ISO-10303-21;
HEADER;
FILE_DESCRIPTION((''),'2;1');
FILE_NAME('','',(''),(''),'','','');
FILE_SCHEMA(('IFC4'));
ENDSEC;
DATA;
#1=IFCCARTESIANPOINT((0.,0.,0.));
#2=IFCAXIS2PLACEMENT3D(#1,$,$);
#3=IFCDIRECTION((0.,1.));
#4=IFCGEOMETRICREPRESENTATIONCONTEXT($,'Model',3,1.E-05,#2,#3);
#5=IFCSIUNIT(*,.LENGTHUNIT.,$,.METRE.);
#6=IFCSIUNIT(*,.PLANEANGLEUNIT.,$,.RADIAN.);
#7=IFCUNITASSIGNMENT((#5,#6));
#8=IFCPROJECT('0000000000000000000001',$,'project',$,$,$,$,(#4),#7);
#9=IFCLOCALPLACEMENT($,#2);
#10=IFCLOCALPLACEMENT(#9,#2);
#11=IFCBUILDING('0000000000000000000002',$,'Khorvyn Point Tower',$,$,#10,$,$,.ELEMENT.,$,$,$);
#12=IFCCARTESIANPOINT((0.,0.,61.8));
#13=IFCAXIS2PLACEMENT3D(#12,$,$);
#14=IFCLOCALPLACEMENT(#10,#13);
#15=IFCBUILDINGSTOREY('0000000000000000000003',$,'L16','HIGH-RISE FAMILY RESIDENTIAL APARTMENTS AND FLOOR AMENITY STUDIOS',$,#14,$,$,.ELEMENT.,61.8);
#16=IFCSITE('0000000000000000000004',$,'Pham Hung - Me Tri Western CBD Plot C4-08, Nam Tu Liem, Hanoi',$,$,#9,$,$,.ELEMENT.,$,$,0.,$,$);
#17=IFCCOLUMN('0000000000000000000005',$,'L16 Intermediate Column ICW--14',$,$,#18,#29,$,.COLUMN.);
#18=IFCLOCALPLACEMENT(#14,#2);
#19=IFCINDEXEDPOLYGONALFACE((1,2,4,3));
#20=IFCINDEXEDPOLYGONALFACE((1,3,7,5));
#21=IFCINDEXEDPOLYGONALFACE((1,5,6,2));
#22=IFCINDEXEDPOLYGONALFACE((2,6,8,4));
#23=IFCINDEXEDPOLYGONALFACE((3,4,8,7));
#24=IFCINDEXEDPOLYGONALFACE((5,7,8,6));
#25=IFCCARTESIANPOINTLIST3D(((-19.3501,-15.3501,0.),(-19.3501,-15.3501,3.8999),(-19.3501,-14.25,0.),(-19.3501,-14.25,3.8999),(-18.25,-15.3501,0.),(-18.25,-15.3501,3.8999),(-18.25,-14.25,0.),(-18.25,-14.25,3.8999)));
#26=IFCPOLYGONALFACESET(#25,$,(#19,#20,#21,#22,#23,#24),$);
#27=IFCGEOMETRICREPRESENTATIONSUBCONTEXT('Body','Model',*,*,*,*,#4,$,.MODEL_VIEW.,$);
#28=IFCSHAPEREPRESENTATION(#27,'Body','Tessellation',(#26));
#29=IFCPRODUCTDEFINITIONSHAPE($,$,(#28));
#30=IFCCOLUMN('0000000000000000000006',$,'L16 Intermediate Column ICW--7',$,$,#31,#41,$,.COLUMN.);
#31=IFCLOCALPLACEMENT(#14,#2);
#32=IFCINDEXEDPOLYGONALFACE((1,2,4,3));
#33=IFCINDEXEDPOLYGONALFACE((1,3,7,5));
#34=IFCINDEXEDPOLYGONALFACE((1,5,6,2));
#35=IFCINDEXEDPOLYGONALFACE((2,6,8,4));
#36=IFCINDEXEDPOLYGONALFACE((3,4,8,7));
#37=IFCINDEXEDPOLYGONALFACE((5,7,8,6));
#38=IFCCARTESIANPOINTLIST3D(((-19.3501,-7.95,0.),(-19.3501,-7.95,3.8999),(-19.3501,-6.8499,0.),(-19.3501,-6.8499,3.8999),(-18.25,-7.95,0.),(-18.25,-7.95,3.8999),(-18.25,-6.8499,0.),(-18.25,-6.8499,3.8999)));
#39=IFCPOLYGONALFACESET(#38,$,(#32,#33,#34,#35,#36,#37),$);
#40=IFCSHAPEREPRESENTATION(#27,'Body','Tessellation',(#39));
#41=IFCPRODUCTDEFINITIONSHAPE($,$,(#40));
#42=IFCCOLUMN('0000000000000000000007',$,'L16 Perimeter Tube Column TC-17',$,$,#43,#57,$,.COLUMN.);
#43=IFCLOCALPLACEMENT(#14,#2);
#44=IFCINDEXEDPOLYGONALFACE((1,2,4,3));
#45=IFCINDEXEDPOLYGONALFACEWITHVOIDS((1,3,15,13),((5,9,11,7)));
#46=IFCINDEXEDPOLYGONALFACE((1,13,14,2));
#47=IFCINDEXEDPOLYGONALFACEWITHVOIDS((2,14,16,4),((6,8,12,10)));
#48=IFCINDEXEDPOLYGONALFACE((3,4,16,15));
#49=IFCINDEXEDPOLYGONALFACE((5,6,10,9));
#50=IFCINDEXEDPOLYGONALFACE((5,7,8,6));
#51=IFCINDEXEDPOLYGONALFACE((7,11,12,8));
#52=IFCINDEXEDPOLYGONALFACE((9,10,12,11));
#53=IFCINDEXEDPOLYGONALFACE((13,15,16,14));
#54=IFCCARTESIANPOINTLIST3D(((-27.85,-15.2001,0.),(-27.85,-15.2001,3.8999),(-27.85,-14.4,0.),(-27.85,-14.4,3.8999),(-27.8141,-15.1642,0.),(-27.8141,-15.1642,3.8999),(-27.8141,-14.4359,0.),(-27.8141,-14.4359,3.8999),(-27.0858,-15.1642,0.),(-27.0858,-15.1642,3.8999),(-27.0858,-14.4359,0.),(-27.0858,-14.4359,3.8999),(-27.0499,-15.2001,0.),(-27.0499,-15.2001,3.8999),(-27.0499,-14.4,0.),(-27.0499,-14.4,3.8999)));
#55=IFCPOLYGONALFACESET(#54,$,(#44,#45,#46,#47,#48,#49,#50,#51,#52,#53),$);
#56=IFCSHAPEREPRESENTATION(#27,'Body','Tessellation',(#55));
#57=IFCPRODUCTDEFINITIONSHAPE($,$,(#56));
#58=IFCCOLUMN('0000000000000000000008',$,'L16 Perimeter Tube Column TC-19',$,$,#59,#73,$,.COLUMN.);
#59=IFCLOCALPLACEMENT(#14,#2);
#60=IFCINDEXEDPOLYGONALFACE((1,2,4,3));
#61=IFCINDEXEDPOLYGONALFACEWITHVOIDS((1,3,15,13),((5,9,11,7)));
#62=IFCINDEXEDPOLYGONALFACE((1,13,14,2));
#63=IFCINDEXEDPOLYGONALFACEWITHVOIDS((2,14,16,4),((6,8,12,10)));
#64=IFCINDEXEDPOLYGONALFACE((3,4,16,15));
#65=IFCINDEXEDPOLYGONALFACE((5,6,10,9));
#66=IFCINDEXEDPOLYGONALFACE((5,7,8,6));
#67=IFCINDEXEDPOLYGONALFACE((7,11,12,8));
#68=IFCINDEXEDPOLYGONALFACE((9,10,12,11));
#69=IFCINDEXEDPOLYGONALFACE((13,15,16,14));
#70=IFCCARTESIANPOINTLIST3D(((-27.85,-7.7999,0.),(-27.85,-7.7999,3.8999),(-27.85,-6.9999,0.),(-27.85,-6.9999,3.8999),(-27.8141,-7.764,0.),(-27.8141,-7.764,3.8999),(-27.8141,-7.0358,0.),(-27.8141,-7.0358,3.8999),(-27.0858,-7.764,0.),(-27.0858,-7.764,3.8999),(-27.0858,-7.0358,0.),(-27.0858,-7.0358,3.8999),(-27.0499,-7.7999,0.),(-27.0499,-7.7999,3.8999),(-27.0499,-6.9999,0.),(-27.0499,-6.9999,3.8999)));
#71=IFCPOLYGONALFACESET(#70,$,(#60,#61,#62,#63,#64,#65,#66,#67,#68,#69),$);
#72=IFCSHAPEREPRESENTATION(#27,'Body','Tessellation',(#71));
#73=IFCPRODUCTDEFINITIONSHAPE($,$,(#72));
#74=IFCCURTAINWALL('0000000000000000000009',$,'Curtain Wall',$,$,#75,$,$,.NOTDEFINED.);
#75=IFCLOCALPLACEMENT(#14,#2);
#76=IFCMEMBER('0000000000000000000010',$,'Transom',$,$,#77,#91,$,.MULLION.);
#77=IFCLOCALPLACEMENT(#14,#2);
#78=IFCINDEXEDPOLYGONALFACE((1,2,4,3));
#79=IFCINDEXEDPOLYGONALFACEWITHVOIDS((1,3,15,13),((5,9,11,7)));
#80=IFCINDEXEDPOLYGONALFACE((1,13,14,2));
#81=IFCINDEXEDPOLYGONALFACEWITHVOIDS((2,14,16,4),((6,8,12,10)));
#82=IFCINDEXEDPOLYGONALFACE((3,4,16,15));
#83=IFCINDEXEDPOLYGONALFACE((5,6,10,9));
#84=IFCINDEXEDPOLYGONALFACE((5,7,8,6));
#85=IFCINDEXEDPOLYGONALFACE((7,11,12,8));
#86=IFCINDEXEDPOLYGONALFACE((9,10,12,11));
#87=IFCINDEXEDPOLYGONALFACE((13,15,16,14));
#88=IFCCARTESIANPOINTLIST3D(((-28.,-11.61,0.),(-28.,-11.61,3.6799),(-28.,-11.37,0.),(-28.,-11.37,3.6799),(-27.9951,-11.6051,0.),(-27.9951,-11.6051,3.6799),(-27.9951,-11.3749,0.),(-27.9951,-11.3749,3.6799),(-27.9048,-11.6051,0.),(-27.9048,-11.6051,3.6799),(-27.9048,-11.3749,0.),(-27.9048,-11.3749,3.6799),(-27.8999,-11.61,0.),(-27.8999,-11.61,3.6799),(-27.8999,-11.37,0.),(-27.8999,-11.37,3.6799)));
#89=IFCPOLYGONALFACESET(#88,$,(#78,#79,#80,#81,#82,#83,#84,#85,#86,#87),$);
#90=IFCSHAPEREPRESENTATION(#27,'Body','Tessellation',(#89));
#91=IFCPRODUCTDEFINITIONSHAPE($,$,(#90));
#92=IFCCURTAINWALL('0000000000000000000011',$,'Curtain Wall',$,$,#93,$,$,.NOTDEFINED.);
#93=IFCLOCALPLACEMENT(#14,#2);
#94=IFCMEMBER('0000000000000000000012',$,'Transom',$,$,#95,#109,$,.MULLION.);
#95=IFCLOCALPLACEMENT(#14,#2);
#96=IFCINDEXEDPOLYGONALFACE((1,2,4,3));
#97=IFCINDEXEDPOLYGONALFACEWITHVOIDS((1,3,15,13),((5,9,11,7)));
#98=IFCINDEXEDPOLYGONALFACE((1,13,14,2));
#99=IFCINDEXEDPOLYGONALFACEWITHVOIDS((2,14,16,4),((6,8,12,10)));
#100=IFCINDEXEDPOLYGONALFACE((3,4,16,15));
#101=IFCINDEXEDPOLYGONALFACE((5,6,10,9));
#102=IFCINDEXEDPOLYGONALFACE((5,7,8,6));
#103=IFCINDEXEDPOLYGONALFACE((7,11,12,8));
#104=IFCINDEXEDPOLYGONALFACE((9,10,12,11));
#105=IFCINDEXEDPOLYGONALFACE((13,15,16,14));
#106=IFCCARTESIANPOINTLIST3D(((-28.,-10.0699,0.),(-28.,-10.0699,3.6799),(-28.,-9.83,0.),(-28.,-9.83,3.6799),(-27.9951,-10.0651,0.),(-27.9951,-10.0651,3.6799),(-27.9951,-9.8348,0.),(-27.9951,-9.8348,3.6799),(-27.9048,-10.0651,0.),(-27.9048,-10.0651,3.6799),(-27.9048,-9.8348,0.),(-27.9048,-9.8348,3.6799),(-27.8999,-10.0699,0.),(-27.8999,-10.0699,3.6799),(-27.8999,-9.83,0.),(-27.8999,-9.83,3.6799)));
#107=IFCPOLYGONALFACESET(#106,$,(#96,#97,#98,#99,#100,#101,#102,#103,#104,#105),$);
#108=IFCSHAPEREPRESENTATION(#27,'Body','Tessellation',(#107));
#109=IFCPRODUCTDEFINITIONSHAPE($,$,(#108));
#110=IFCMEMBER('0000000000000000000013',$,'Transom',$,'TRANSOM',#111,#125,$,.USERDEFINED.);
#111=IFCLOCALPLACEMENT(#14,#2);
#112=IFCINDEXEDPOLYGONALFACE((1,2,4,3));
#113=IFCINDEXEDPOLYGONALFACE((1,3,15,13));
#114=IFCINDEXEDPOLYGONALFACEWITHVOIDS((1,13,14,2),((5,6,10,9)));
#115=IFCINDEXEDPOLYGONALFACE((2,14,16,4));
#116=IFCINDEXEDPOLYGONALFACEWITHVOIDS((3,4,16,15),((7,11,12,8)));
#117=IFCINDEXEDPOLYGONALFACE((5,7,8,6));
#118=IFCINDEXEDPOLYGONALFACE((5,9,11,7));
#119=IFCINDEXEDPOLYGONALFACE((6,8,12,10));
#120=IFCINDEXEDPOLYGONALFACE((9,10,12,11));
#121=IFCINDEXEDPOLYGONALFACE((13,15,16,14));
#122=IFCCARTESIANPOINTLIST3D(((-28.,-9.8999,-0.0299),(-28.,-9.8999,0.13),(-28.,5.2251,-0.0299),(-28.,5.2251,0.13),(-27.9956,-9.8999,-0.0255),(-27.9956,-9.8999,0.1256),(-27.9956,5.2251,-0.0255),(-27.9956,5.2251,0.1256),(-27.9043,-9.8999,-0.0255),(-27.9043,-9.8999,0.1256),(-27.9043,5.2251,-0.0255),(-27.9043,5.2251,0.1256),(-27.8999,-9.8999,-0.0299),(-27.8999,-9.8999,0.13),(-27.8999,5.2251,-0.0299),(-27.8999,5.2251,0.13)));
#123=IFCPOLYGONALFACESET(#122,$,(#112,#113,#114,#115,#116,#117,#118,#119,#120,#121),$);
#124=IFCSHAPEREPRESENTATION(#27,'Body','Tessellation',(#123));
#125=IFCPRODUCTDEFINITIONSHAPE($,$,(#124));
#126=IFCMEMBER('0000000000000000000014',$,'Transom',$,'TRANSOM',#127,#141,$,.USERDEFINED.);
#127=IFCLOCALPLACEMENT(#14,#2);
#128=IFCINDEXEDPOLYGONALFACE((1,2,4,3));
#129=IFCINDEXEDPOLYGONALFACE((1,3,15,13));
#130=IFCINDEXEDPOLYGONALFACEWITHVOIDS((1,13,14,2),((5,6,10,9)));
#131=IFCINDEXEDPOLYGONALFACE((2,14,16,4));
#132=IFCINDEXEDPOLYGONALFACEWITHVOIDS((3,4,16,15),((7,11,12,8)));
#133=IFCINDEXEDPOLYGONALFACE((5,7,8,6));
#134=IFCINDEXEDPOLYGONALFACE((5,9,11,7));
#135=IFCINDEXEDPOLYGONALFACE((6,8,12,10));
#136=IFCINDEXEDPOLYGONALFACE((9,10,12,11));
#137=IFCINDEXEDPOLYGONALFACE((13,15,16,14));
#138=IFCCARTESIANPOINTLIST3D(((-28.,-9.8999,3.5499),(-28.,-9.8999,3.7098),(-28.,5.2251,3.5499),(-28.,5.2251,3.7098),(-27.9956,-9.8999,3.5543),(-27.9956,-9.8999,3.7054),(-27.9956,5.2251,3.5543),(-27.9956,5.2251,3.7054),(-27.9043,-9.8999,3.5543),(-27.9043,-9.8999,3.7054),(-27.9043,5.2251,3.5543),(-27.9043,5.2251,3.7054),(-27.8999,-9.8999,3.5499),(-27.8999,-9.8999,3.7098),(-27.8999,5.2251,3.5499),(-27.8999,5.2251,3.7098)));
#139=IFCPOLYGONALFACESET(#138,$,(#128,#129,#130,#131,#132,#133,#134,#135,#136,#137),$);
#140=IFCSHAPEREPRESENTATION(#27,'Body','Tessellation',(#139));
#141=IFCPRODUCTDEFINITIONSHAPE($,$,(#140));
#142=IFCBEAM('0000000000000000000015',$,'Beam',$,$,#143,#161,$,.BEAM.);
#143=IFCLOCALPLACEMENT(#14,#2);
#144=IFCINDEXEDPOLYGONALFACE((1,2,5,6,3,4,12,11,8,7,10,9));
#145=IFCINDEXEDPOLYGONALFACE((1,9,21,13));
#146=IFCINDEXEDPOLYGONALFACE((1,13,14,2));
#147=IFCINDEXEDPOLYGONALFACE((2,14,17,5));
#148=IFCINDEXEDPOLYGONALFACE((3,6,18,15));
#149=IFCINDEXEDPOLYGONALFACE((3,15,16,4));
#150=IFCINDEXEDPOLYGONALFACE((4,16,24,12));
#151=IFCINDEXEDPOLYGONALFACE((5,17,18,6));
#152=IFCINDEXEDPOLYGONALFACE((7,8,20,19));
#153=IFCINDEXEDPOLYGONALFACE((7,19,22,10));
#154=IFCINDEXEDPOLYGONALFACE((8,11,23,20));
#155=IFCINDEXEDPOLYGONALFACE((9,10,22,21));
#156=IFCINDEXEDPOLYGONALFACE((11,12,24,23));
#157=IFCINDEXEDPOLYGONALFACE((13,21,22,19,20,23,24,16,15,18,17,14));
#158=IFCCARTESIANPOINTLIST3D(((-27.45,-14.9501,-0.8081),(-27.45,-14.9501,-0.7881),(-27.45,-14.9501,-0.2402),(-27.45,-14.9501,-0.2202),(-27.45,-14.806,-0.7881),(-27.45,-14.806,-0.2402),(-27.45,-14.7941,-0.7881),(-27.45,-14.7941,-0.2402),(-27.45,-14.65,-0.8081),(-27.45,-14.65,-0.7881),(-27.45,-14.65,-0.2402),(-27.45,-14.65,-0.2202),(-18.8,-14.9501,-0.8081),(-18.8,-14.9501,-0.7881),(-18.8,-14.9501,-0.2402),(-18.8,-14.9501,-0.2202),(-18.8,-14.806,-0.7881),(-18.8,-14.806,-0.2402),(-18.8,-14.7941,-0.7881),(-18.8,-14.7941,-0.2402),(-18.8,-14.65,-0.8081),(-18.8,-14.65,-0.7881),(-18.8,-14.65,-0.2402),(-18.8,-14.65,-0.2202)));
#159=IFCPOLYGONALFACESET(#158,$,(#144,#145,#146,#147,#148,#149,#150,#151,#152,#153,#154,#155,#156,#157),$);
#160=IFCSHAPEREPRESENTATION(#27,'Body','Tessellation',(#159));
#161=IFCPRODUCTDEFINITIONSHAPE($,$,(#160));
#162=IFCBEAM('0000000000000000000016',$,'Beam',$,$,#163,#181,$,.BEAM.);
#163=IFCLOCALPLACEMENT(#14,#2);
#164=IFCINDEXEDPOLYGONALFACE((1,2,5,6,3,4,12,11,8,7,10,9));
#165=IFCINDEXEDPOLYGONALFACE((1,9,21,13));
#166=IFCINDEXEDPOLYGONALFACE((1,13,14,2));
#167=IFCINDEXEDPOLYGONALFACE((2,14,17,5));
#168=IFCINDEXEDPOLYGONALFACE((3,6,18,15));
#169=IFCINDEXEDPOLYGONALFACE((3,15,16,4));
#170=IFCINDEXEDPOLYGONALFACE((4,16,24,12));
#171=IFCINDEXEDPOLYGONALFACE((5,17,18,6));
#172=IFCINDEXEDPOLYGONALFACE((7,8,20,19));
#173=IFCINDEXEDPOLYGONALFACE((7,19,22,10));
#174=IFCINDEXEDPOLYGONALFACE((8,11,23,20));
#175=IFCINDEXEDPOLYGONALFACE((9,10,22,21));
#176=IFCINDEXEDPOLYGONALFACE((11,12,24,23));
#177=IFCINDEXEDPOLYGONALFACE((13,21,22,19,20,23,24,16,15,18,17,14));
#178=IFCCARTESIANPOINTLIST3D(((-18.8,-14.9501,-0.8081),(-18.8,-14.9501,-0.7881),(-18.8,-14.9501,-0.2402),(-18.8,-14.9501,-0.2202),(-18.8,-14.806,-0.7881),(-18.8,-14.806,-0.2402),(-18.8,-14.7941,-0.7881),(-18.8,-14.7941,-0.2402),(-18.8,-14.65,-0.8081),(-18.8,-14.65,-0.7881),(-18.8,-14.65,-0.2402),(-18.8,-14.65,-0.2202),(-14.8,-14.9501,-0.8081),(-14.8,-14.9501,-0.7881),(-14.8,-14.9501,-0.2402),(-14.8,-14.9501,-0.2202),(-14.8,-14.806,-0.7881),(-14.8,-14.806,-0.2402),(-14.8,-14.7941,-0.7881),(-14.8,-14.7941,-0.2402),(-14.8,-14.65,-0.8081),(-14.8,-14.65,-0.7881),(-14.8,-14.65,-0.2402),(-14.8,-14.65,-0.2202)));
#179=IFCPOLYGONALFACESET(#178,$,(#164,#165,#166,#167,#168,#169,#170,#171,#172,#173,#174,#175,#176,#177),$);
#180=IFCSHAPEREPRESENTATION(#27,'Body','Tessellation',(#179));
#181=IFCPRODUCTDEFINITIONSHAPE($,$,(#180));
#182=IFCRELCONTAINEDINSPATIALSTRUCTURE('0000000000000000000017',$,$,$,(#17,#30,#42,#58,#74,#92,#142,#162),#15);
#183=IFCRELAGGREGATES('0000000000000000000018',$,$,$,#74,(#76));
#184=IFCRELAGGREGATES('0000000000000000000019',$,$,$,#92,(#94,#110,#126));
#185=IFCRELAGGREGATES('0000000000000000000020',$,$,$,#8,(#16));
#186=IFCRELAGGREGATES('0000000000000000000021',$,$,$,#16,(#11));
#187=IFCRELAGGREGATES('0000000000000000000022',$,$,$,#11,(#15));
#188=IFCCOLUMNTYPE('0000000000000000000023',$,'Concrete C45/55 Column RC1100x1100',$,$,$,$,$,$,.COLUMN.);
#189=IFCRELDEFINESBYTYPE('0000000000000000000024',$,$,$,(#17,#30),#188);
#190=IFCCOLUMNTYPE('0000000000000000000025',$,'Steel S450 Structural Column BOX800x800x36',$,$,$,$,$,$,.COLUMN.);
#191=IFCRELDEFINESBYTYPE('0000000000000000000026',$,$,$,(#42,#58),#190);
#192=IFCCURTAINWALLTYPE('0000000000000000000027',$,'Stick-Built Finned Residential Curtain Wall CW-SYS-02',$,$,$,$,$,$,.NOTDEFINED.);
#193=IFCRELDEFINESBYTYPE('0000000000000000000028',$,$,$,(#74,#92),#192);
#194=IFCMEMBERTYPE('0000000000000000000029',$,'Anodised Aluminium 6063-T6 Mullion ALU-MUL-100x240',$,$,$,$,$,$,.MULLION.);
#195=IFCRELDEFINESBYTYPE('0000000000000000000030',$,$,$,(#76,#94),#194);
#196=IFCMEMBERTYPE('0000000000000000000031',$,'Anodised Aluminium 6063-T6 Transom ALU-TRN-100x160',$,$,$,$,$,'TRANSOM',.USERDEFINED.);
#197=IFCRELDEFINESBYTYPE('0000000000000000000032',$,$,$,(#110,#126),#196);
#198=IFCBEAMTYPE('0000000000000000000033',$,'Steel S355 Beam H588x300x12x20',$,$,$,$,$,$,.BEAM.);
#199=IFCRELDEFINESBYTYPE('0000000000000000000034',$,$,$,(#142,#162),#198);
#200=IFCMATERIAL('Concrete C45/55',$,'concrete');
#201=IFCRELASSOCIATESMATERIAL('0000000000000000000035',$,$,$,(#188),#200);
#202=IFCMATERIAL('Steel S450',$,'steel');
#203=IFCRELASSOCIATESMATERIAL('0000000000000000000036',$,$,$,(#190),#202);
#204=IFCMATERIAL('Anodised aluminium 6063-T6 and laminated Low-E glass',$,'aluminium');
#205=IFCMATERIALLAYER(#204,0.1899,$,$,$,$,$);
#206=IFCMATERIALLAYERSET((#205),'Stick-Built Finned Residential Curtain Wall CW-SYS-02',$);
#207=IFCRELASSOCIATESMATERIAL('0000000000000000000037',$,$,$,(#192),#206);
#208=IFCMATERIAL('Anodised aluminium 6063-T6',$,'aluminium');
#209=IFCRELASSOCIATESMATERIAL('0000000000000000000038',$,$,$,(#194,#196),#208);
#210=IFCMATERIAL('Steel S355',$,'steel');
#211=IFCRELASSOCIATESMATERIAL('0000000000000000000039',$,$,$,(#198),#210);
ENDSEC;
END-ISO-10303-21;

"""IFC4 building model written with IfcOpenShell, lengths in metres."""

from ifc_helpers import new_model, si_unit, direction, frame, origin, origin_2d, place, context, subcontext, project, spatial, rectangle, hollow_rectangle, i_section, extrude, material, layer, layer_set, material_profile, profile_set, type_object, element, aggregate, save


model = new_model("IFC4")

# Units and contexts
model_context = context("Model", 3, precision=1e-05, world=origin(), true_north=direction((0.0, 1.0)))
body_context = subcontext(model_context, "Body", "Model", "MODEL_VIEW")
ifc_project = project(units=[si_unit("LENGTHUNIT", "METRE"), si_unit("PLANEANGLEUNIT", "RADIAN")], contexts=[model_context])

# Site, building, storey
site_placement = place(None, origin())
site = spatial("IfcSite", under=ifc_project, at=site_placement, Name="Pham Hung - Me Tri Western CBD Plot C4-08, Nam Tu Liem, Hanoi", CompositionType="ELEMENT", RefElevation=0.0)
building_placement = place(site_placement, origin())
building = spatial("IfcBuilding", under=site, at=building_placement, Name="Khorvyn Point Tower", CompositionType="ELEMENT")
storey_placement = place(building_placement, frame((0.0, 0.0, 61.8)))
storey = spatial("IfcBuildingStorey", under=building, at=storey_placement, Name="L16", Description="HIGH-RISE FAMILY RESIDENTIAL APARTMENTS AND FLOOR AMENITY STUDIOS", CompositionType="ELEMENT", Elevation=61.8)

# Columns
ifc_material_1 = material(Name="Concrete C45/55", Category="concrete")
ifc_material_profile_1 = material_profile(ifc_material_1, rectangle(XDim=1.1001, YDim=1.1001, at=origin_2d()))
ifc_profile_set_1 = profile_set([ifc_material_profile_1], Name="Concrete C45/55 RC1100x1100")
column_type_1 = type_object("IfcColumnType", Name="Concrete C45/55 Column RC1100x1100", PredefinedType="COLUMN", material=ifc_profile_set_1)
for number, where, z_axis, x_axis, name in (
    (1, (-18.8, -14.8, 0.0), (0.0, 0.0, 1.0), (1.0, 0.0, 0.0), "L16 Intermediate Column ICW--14"),
    (2, (-18.8, -7.3999, 0.0), (0.0, 0.0, 1.0), (1.0, 0.0, 0.0), "L16 Intermediate Column ICW--7"),
):
    element("IfcColumn", number, at=place(storey_placement, frame(where, z_axis=z_axis, x_axis=x_axis)), inside=storey, type_object=column_type_1, Name=name, PredefinedType="COLUMN", context=body_context, shape_type="SweptSolid", body=[
        extrude(rectangle(XDim=1.1001, YDim=1.1001, at=origin_2d()), origin(), (0.0, 0.0, 1.0), 3.8999),
    ])
ifc_material_2 = material(Name="Steel S450", Category="steel")
ifc_material_profile_2 = material_profile(ifc_material_2, hollow_rectangle(XDim=0.8, YDim=0.8, WallThickness=0.0359, at=origin_2d()))
ifc_profile_set_2 = profile_set([ifc_material_profile_2], Name="Steel S450 BOX800x800x36")
column_type_2 = type_object("IfcColumnType", Name="Steel S450 Structural Column BOX800x800x36", PredefinedType="COLUMN", material=ifc_profile_set_2)
for number, where, z_axis, x_axis, name in (
    (3, (-27.45, -14.8, 0.0), (0.0, 0.0, 1.0), (1.0, 0.0, 0.0), "L16 Perimeter Tube Column TC-17"),
    (4, (-27.45, -7.3999, 0.0), (0.0, 0.0, 1.0), (1.0, 0.0, 0.0), "L16 Perimeter Tube Column TC-19"),
):
    element("IfcColumn", number, at=place(storey_placement, frame(where, z_axis=z_axis, x_axis=x_axis)), inside=storey, type_object=column_type_2, Name=name, PredefinedType="COLUMN", context=body_context, shape_type="SweptSolid", body=[
        extrude(hollow_rectangle(XDim=0.8, YDim=0.8, WallThickness=0.0359, at=origin_2d()), origin(), (0.0, 0.0, 1.0), 3.8999),
    ])

# Curtain wall, member
ifc_material_3 = material(Name="Anodised aluminium 6063-T6 and laminated Low-E glass", Category="aluminium")
ifc_layer_1 = layer(ifc_material_3, 0.1899)
ifc_layer_set_1 = layer_set([ifc_layer_1], Name="Stick-Built Finned Residential Curtain Wall CW-SYS-02")
curtain_wall_type = type_object("IfcCurtainWallType", Name="Stick-Built Finned Residential Curtain Wall CW-SYS-02", PredefinedType="NOTDEFINED", material=ifc_layer_set_1)
curtain_wall_1_placement = place(storey_placement, origin())
curtain_wall_1 = element("IfcCurtainWall", 5, at=curtain_wall_1_placement, inside=storey, type_object=curtain_wall_type, Name="Curtain Wall", PredefinedType="NOTDEFINED")
ifc_material_4 = material(Name="Anodised aluminium 6063-T6", Category="aluminium")
ifc_material_profile_3 = material_profile(ifc_material_4, hollow_rectangle(XDim=0.1001, YDim=0.24, WallThickness=0.0049, at=origin_2d()))
ifc_profile_set_3 = profile_set([ifc_material_profile_3], Name="Anodised aluminium 6063-T6 ALU-MUL-100x240")
member_type_1 = type_object("IfcMemberType", Name="Anodised Aluminium 6063-T6 Mullion ALU-MUL-100x240", PredefinedType="MULLION", material=ifc_profile_set_3)
member_1_placement = place(storey_placement, frame((-27.95, -11.49, 0.0), z_axis=(0.0, 0.0, 1.0), x_axis=(-1.0, 0.0, 0.0)))
member_1 = element("IfcMember", 6, at=member_1_placement, type_object=member_type_1, Name="Transom", PredefinedType="MULLION", context=body_context, shape_type="SweptSolid", body=[
    extrude(hollow_rectangle(XDim=0.1001, YDim=0.24, WallThickness=0.0049, at=origin_2d()), origin(), (0.0, 0.0, 1.0), 3.6799),
])
aggregate(curtain_wall_1, [member_1])

# Curtain wall, members
curtain_wall_2_placement = place(storey_placement, origin())
curtain_wall_2 = element("IfcCurtainWall", 7, at=curtain_wall_2_placement, inside=storey, type_object=curtain_wall_type, Name="Curtain Wall", PredefinedType="NOTDEFINED")
member_2_placement = place(storey_placement, frame((-27.95, -9.95, 0.0), z_axis=(0.0, 0.0, 1.0), x_axis=(-1.0, 0.0, 0.0)))
member_2 = element("IfcMember", 8, at=member_2_placement, type_object=member_type_1, Name="Transom", PredefinedType="MULLION", context=body_context, shape_type="SweptSolid", body=[
    extrude(hollow_rectangle(XDim=0.1001, YDim=0.24, WallThickness=0.0049, at=origin_2d()), origin(), (0.0, 0.0, 1.0), 3.6799),
])
ifc_material_profile_4 = material_profile(ifc_material_4, hollow_rectangle(XDim=0.1001, YDim=0.1599, WallThickness=0.0044, at=origin_2d()))
ifc_profile_set_4 = profile_set([ifc_material_profile_4], Name="Anodised aluminium 6063-T6 ALU-TRN-100x160")
member_type_2 = type_object("IfcMemberType", Name="Anodised Aluminium 6063-T6 Transom ALU-TRN-100x160", ElementType="TRANSOM", PredefinedType="USERDEFINED", material=ifc_profile_set_4)
member_3_placement = place(storey_placement, frame((-27.95, -9.8999, 0.05), z_axis=(0.0, 1.0, 0.0), x_axis=(-1.0, 0.0, 0.0)))
member_3 = element("IfcMember", 9, at=member_3_placement, type_object=member_type_2, Name="Transom", ObjectType="TRANSOM", PredefinedType="USERDEFINED", context=body_context, shape_type="SweptSolid", body=[
    extrude(hollow_rectangle(XDim=0.1001, YDim=0.1599, WallThickness=0.0044, at=origin_2d()), origin(), (0.0, 0.0, 1.0), 15.125),
])
member_4_placement = place(storey_placement, frame((-27.95, -9.8999, 3.6299), z_axis=(0.0, 1.0, 0.0), x_axis=(-1.0, 0.0, 0.0)))
member_4 = element("IfcMember", 10, at=member_4_placement, type_object=member_type_2, Name="Transom", ObjectType="TRANSOM", PredefinedType="USERDEFINED", context=body_context, shape_type="SweptSolid", body=[
    extrude(hollow_rectangle(XDim=0.1001, YDim=0.1599, WallThickness=0.0044, at=origin_2d()), origin(), (0.0, 0.0, 1.0), 15.125),
])

# Beams
ifc_material_5 = material(Name="Steel S355", Category="steel")
ifc_material_profile_5 = material_profile(ifc_material_5, i_section(OverallWidth=0.3, OverallDepth=0.5879, WebThickness=0.012, FlangeThickness=0.02, at=origin_2d()))
ifc_profile_set_5 = profile_set([ifc_material_profile_5], Name="Steel S355 H588x300x12x20")
beam_type_1 = type_object("IfcBeamType", Name="Steel S355 Beam H588x300x12x20", PredefinedType="BEAM", material=ifc_profile_set_5)
beam_1_placement = place(storey_placement, frame((-27.45, -14.8, -0.5142), z_axis=(1.0, 0.0, 0.0), x_axis=(0.0, 1.0, 0.0)))
element("IfcBeam", 11, at=beam_1_placement, inside=storey, type_object=beam_type_1, Name="Beam", PredefinedType="BEAM", context=body_context, shape_type="SweptSolid", body=[
    extrude(i_section(OverallWidth=0.3, OverallDepth=0.5879, WebThickness=0.012, FlangeThickness=0.02, at=origin_2d()), origin(), (0.0, 0.0, 1.0), 8.6499),
])
beam_2_placement = place(storey_placement, frame((-18.8, -14.8, -0.5142), z_axis=(1.0, 0.0, 0.0), x_axis=(0.0, 1.0, 0.0)))
element("IfcBeam", 12, at=beam_2_placement, inside=storey, type_object=beam_type_1, Name="Beam", PredefinedType="BEAM", context=body_context, shape_type="SweptSolid", body=[
    extrude(i_section(OverallWidth=0.3, OverallDepth=0.5879, WebThickness=0.012, FlangeThickness=0.02, at=origin_2d()), origin(), (0.0, 0.0, 1.0), 4.0),
])

aggregate(curtain_wall_2, [member_2, member_3, member_4])

save(model, "model.ifc")
